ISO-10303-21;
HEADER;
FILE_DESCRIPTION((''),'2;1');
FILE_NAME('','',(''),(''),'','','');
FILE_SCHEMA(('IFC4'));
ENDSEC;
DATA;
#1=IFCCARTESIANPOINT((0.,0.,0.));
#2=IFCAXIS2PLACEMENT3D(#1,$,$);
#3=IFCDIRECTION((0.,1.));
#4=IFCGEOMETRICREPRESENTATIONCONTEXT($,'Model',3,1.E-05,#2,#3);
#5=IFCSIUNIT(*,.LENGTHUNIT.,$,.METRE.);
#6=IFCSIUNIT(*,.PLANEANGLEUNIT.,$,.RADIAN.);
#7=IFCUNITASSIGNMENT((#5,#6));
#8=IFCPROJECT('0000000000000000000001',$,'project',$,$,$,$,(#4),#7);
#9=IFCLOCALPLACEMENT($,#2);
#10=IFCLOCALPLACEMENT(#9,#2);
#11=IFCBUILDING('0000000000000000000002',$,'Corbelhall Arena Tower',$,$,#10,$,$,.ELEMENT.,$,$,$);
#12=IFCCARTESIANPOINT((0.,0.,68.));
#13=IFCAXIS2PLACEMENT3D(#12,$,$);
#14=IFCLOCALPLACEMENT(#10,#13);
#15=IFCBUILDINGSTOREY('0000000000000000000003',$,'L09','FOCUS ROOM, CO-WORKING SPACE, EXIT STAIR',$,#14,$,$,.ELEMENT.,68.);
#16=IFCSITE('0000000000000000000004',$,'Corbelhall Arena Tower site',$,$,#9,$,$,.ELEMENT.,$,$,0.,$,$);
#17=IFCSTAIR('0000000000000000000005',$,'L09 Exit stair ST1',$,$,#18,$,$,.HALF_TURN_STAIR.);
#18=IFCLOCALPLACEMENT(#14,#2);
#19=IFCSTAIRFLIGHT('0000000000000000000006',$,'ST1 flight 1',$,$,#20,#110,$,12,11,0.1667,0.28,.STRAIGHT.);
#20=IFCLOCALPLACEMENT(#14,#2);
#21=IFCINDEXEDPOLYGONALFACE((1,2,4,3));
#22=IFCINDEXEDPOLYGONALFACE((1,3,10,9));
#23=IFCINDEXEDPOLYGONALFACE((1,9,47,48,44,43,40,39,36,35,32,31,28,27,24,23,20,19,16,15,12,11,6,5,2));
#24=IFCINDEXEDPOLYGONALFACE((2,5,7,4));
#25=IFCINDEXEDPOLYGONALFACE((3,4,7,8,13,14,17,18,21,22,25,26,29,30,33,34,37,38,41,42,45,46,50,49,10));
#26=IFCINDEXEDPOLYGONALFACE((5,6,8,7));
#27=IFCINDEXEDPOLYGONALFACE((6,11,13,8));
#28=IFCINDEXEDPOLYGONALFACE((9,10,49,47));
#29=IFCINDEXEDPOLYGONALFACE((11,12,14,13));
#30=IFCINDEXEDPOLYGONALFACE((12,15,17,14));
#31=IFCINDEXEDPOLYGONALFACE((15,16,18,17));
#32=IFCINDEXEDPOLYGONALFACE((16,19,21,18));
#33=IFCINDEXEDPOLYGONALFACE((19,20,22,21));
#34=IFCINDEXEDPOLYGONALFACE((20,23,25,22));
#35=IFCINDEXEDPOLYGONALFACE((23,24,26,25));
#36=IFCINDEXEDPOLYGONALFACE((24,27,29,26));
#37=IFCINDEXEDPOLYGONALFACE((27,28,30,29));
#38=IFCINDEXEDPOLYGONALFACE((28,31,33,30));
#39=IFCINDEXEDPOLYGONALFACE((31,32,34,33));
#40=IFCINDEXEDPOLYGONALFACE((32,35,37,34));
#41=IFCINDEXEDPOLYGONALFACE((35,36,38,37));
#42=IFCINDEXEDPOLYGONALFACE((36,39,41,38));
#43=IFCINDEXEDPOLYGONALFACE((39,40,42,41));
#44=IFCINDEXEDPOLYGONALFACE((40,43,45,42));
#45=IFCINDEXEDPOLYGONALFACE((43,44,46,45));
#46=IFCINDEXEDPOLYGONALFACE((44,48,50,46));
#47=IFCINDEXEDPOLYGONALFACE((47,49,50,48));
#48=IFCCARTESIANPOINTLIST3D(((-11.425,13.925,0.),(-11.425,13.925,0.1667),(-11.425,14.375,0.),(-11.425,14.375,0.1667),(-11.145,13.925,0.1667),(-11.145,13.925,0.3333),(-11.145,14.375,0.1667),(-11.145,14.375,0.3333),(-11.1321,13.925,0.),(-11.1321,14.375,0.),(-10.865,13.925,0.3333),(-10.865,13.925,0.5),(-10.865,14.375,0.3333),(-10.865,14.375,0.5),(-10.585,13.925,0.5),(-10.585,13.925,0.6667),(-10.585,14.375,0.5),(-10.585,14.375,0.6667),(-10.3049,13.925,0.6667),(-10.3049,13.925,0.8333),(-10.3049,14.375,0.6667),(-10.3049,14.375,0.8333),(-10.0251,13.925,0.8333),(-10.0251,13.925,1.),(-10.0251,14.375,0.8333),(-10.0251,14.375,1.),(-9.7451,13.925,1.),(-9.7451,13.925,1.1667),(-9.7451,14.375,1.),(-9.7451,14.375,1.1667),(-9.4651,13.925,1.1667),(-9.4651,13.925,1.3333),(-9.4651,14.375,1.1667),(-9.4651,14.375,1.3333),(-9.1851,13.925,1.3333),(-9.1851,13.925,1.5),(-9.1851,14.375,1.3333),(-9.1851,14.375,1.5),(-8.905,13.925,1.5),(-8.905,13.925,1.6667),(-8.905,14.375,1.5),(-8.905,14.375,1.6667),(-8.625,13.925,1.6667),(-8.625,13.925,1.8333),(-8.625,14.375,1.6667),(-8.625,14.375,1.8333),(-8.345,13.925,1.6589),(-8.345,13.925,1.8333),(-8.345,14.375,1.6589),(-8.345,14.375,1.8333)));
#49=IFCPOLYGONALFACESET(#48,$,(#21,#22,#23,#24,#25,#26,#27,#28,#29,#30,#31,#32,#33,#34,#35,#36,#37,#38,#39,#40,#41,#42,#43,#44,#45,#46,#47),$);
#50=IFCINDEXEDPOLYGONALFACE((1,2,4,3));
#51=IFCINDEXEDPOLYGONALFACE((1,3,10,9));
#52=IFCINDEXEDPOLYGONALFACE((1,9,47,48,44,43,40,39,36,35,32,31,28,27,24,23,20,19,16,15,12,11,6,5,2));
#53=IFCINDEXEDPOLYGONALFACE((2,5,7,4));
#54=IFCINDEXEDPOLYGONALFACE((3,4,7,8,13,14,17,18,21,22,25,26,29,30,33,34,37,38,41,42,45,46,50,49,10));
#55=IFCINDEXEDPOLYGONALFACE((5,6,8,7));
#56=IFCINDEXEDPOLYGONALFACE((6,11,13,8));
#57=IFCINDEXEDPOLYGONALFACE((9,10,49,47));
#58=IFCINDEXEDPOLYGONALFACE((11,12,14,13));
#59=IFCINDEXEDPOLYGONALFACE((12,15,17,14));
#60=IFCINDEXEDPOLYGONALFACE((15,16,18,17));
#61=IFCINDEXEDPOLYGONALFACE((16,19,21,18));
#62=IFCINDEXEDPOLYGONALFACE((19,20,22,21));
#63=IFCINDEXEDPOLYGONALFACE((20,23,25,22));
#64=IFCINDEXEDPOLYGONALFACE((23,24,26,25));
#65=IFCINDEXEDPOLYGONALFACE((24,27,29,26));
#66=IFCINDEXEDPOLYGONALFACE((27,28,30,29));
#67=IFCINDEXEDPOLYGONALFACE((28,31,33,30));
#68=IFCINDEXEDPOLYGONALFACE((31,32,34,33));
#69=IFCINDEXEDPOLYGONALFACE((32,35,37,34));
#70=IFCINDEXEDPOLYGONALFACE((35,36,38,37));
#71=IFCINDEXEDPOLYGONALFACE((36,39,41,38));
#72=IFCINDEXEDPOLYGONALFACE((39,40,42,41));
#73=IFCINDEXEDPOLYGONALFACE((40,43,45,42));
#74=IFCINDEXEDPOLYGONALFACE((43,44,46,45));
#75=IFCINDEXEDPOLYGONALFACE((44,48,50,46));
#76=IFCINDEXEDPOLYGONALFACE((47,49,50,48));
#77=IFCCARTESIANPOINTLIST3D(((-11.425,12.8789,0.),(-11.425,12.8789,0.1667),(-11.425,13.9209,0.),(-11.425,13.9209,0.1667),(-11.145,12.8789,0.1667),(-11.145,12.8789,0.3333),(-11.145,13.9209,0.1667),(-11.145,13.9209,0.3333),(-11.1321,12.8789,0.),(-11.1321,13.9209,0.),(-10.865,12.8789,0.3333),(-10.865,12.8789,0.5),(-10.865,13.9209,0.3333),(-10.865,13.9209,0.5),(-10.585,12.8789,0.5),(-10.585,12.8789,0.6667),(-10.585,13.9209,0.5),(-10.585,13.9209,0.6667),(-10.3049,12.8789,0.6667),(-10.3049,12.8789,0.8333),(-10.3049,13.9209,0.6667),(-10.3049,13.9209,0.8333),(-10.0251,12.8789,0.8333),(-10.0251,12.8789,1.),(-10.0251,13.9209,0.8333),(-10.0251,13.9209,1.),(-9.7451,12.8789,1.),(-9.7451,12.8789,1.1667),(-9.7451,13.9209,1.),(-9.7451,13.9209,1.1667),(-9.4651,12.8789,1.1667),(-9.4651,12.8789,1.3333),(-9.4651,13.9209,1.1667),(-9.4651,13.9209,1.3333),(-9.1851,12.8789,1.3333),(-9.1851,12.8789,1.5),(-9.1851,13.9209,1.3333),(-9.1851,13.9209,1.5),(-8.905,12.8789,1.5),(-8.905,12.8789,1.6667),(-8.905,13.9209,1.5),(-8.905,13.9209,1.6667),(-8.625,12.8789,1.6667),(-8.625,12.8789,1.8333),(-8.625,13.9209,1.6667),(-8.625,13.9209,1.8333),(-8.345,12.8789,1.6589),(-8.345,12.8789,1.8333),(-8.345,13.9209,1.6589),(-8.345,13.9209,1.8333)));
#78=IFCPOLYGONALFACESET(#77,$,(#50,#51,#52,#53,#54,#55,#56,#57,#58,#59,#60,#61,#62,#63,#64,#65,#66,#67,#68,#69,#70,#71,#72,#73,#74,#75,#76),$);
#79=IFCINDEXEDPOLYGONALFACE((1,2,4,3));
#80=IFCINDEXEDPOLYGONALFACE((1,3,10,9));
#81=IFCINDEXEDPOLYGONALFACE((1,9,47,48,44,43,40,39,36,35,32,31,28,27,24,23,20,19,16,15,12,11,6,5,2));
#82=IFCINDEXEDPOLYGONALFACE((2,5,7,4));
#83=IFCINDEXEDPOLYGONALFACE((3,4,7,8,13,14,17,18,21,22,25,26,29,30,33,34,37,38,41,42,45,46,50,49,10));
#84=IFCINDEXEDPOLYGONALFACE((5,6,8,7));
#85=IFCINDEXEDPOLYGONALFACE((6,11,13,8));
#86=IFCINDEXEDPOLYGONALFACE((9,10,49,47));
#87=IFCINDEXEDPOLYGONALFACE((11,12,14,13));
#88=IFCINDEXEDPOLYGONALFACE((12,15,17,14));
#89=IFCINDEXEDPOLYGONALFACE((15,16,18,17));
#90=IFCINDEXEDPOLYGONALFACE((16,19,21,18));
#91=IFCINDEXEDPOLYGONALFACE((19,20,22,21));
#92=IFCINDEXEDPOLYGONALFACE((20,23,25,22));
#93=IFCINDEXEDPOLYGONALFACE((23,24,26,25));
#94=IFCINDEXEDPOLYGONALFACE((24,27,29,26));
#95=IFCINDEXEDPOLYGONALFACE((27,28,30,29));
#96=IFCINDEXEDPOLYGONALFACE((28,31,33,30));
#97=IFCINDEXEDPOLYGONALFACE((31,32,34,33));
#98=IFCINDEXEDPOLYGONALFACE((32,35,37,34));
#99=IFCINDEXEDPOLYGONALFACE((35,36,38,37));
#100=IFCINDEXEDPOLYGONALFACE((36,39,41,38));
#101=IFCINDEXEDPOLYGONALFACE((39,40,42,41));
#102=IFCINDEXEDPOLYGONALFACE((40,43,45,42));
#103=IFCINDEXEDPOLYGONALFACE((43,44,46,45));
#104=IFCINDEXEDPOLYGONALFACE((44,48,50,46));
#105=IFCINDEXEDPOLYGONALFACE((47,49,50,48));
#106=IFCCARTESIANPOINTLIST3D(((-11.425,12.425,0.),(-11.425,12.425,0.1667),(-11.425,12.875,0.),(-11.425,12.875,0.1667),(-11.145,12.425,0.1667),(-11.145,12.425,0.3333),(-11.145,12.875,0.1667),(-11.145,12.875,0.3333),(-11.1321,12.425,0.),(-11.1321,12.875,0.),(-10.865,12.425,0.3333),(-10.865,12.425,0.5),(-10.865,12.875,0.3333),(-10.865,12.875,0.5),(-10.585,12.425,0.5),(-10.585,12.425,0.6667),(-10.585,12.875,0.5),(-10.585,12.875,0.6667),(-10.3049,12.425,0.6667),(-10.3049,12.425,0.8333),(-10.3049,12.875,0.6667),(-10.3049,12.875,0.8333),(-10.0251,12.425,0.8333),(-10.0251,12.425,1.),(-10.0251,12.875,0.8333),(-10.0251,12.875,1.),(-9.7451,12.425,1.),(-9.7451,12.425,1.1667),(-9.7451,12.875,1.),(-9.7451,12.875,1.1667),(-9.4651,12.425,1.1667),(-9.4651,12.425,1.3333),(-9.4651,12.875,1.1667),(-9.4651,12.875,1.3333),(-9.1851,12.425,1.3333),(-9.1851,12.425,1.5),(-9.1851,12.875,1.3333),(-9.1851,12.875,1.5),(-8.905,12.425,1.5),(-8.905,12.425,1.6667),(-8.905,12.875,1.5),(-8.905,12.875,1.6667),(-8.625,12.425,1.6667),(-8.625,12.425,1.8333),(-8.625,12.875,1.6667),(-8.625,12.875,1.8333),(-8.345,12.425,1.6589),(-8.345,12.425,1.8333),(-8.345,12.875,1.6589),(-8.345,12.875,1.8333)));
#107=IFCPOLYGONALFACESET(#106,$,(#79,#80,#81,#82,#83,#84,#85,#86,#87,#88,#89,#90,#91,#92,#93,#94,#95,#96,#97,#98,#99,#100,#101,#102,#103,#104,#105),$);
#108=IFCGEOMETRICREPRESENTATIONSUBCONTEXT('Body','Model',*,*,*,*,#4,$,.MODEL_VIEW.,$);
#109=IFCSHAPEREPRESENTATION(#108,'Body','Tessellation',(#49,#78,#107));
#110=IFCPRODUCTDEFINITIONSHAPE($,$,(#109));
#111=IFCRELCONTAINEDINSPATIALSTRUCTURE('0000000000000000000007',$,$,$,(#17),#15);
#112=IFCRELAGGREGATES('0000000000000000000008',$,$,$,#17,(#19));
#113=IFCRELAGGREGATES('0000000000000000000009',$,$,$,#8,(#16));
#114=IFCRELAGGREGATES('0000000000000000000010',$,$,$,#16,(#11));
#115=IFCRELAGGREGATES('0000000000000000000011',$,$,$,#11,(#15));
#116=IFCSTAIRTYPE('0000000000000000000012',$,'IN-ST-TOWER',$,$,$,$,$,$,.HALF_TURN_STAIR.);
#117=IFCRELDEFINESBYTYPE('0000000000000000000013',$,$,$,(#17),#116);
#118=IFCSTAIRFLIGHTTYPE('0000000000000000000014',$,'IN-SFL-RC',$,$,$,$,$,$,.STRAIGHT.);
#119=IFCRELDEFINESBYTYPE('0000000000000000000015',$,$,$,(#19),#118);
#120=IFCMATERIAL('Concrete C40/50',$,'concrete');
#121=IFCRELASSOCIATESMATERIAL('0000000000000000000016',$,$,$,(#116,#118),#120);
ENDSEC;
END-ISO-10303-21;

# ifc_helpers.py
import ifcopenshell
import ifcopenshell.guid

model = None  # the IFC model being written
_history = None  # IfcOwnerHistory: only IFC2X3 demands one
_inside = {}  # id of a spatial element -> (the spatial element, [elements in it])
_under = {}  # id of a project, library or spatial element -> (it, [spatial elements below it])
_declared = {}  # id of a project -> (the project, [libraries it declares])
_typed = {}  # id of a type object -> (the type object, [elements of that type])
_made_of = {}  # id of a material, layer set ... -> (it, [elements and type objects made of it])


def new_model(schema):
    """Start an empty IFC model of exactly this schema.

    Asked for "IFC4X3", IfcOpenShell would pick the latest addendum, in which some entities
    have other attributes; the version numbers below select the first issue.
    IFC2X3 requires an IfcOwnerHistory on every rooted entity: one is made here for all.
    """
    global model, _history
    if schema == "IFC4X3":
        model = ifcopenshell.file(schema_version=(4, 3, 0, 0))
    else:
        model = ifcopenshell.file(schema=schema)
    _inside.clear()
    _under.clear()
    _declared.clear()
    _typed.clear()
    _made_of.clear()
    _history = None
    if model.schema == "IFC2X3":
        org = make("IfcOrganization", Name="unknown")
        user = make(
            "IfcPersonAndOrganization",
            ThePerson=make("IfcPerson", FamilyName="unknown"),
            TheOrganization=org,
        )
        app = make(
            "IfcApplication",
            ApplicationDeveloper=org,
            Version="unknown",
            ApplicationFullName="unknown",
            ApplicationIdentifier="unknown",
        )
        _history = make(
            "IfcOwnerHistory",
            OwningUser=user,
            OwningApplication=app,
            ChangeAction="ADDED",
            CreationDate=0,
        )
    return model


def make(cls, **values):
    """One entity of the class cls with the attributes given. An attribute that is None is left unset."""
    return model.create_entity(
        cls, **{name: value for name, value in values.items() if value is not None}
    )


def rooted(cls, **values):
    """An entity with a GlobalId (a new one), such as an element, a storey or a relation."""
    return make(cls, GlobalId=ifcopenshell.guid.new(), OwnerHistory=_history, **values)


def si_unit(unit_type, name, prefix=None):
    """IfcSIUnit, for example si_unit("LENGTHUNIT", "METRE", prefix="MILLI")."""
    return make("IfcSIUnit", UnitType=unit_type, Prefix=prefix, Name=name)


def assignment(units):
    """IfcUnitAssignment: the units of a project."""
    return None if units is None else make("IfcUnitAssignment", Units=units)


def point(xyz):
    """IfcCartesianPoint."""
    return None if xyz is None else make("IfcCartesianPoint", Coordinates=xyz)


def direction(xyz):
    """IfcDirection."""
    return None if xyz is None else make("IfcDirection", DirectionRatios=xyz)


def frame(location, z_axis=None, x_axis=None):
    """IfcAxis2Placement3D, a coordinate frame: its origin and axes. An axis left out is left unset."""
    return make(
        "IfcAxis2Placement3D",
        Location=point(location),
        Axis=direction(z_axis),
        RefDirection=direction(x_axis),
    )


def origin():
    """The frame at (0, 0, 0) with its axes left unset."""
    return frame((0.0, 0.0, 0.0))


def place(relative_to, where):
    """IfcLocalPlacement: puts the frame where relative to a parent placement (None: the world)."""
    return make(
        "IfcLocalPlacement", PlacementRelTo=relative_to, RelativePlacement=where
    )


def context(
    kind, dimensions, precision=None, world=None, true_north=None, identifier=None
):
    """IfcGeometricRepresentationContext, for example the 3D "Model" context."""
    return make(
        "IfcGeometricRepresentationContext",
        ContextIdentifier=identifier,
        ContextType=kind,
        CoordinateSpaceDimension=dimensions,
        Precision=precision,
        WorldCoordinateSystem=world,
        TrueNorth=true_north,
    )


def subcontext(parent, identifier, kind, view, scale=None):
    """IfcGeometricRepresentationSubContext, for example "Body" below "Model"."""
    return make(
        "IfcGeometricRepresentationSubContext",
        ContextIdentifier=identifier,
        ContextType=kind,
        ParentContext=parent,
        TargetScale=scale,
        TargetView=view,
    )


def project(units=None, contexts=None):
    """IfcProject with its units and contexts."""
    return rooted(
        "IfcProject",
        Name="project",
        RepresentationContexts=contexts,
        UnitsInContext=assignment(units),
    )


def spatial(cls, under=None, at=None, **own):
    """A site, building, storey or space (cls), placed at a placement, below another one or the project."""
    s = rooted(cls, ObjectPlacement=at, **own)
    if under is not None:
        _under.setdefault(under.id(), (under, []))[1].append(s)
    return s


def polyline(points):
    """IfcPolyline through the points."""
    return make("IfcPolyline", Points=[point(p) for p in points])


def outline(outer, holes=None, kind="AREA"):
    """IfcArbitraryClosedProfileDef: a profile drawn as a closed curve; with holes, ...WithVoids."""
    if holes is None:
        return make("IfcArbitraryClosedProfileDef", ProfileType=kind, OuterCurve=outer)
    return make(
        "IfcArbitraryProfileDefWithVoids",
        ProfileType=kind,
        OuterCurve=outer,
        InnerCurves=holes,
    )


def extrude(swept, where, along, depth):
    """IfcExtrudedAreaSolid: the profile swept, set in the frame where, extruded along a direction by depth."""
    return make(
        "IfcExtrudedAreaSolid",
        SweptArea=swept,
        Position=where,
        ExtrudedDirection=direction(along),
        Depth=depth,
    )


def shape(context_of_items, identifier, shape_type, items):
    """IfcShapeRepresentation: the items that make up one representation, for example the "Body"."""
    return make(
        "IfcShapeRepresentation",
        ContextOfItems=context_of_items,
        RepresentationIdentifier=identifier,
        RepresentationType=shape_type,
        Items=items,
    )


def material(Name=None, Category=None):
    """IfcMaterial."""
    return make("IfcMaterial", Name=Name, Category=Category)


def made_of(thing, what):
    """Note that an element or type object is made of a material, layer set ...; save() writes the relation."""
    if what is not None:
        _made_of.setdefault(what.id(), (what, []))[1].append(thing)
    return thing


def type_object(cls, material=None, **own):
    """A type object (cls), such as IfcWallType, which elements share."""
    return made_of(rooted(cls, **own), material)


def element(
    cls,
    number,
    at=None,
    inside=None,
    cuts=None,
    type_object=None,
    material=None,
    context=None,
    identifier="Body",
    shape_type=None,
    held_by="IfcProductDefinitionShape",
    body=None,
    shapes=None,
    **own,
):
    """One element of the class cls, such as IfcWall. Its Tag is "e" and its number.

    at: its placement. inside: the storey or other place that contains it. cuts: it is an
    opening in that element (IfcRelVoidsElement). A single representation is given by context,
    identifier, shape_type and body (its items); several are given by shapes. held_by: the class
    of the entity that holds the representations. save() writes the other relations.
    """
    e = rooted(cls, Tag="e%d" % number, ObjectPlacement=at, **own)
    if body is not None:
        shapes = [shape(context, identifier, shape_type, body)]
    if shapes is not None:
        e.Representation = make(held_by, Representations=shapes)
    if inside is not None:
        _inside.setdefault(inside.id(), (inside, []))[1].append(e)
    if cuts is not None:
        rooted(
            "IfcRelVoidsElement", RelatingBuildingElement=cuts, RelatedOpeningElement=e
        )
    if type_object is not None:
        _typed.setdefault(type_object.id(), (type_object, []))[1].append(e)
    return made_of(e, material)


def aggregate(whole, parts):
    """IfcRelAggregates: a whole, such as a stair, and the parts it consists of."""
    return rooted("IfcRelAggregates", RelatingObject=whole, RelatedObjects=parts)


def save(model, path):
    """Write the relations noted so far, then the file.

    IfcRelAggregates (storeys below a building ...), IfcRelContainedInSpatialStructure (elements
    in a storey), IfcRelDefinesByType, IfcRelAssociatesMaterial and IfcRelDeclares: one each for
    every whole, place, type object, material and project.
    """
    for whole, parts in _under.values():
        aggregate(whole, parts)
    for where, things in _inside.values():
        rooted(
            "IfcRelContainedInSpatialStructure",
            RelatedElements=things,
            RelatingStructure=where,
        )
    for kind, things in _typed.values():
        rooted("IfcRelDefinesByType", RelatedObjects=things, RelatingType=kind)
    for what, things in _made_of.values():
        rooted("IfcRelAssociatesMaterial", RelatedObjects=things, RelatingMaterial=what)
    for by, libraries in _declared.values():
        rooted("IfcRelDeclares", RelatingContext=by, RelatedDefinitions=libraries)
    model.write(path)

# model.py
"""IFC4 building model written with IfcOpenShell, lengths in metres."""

from ifc_helpers import new_model, si_unit, direction, frame, origin, place, context, subcontext, project, spatial, polyline, outline, extrude, material, type_object, element, aggregate, save


model = new_model("IFC4")

# Units and contexts
model_context = context("Model", 3, precision=1e-05, world=origin(), true_north=direction((0.0, 1.0)))
body_context = subcontext(model_context, "Body", "Model", "MODEL_VIEW")
ifc_project = project(units=[si_unit("LENGTHUNIT", "METRE"), si_unit("PLANEANGLEUNIT", "RADIAN")], contexts=[model_context])

# Site, building, storey
site_placement = place(None, origin())
site = spatial("IfcSite", under=ifc_project, at=site_placement, Name="Corbelhall Arena Tower site", CompositionType="ELEMENT", RefElevation=0.0)
building_placement = place(site_placement, origin())
building = spatial("IfcBuilding", under=site, at=building_placement, Name="Corbelhall Arena Tower", CompositionType="ELEMENT")
storey_placement = place(building_placement, frame((0.0, 0.0, 68.0)))
storey = spatial("IfcBuildingStorey", under=building, at=storey_placement, Name="L09", Description="FOCUS ROOM, CO-WORKING SPACE, EXIT STAIR", CompositionType="ELEMENT", Elevation=68.0)

# Shared definitions
ifc_material_1 = material(Name="Concrete C40/50", Category="concrete")

# Stair, stair flight
stair_type = type_object("IfcStairType", Name="IN-ST-TOWER", PredefinedType="HALF_TURN_STAIR", material=ifc_material_1)
stair_placement = place(storey_placement, origin())
stair = element("IfcStair", 1, at=stair_placement, inside=storey, type_object=stair_type, Name="L09 Exit stair ST1", PredefinedType="HALF_TURN_STAIR")
stair_flight_type = type_object("IfcStairFlightType", Name="IN-SFL-RC", PredefinedType="STRAIGHT", material=ifc_material_1)
stair_flight_1_placement = place(storey_placement, frame((-11.425, 13.3999, 0.0), z_axis=(0.0, 0.0, 1.0), x_axis=(1.0, 0.0, 0.0)))
stair_flight_1 = element("IfcStairFlight", 2, at=stair_flight_1_placement, type_object=stair_flight_type, Name="ST1 flight 1", NumberOfRisers=12, NumberOfTreads=11, PredefinedType="STRAIGHT", RiserHeight=0.1667, TreadLength=0.28, context=body_context, shape_type="SweptSolid", body=[
    extrude(outline(polyline([(0.0, 0.0), (0.0, 0.1667), (0.28, 0.1667), (0.28, 0.3333), (0.5601, 0.3333), (0.5601, 0.5), (0.8401, 0.5), (0.8401, 0.6667), (1.1201, 0.6667), (1.1201, 0.8333), (1.3999, 0.8333), (1.3999, 1.0), (1.6799, 1.0), (1.6799, 1.1667), (1.96, 1.1667), (1.96, 1.3333), (2.24, 1.3333), (2.24, 1.5), (2.52, 1.5), (2.52, 1.6667), (2.8, 1.6667), (2.8, 1.8333), (3.0801, 1.8333), (3.0801, 2.0), (3.0801, 1.6589), (0.293, 0.0), (0.0, 0.0)])), frame((0.0, 0.9751, 0.0), z_axis=(0.0, -1.0, 0.0), x_axis=(1.0, 0.0, 0.0)), (0.0, 0.0, 1.0), 0.45),
    extrude(outline(polyline([(0.0, 0.0), (0.0, 0.1667), (0.28, 0.1667), (0.28, 0.3333), (0.5601, 0.3333), (0.5601, 0.5), (0.8401, 0.5), (0.8401, 0.6667), (1.1201, 0.6667), (1.1201, 0.8333), (1.3999, 0.8333), (1.3999, 1.0), (1.6799, 1.0), (1.6799, 1.1667), (1.96, 1.1667), (1.96, 1.3333), (2.24, 1.3333), (2.24, 1.5), (2.52, 1.5), (2.52, 1.6667), (2.8, 1.6667), (2.8, 1.8333), (3.0801, 1.8333), (3.0801, 2.0), (3.0801, 1.6589), (0.293, 0.0), (0.0, 0.0)])), frame((0.0, 0.521, 0.0), z_axis=(0.0, -1.0, 0.0), x_axis=(1.0, 0.0, 0.0)), (0.0, 0.0, 1.0), 1.042),
    extrude(outline(polyline([(0.0, 0.0), (0.0, 0.1667), (0.28, 0.1667), (0.28, 0.3333), (0.5601, 0.3333), (0.5601, 0.5), (0.8401, 0.5), (0.8401, 0.6667), (1.1201, 0.6667), (1.1201, 0.8333), (1.3999, 0.8333), (1.3999, 1.0), (1.6799, 1.0), (1.6799, 1.1667), (1.96, 1.1667), (1.96, 1.3333), (2.24, 1.3333), (2.24, 1.5), (2.52, 1.5), (2.52, 1.6667), (2.8, 1.6667), (2.8, 1.8333), (3.0801, 1.8333), (3.0801, 2.0), (3.0801, 1.6589), (0.293, 0.0), (0.0, 0.0)])), frame((0.0, -0.5249, 0.0), z_axis=(0.0, -1.0, 0.0), x_axis=(1.0, 0.0, 0.0)), (0.0, 0.0, 1.0), 0.45),
])
aggregate(stair, [stair_flight_1])

save(model, "model.ifc")
